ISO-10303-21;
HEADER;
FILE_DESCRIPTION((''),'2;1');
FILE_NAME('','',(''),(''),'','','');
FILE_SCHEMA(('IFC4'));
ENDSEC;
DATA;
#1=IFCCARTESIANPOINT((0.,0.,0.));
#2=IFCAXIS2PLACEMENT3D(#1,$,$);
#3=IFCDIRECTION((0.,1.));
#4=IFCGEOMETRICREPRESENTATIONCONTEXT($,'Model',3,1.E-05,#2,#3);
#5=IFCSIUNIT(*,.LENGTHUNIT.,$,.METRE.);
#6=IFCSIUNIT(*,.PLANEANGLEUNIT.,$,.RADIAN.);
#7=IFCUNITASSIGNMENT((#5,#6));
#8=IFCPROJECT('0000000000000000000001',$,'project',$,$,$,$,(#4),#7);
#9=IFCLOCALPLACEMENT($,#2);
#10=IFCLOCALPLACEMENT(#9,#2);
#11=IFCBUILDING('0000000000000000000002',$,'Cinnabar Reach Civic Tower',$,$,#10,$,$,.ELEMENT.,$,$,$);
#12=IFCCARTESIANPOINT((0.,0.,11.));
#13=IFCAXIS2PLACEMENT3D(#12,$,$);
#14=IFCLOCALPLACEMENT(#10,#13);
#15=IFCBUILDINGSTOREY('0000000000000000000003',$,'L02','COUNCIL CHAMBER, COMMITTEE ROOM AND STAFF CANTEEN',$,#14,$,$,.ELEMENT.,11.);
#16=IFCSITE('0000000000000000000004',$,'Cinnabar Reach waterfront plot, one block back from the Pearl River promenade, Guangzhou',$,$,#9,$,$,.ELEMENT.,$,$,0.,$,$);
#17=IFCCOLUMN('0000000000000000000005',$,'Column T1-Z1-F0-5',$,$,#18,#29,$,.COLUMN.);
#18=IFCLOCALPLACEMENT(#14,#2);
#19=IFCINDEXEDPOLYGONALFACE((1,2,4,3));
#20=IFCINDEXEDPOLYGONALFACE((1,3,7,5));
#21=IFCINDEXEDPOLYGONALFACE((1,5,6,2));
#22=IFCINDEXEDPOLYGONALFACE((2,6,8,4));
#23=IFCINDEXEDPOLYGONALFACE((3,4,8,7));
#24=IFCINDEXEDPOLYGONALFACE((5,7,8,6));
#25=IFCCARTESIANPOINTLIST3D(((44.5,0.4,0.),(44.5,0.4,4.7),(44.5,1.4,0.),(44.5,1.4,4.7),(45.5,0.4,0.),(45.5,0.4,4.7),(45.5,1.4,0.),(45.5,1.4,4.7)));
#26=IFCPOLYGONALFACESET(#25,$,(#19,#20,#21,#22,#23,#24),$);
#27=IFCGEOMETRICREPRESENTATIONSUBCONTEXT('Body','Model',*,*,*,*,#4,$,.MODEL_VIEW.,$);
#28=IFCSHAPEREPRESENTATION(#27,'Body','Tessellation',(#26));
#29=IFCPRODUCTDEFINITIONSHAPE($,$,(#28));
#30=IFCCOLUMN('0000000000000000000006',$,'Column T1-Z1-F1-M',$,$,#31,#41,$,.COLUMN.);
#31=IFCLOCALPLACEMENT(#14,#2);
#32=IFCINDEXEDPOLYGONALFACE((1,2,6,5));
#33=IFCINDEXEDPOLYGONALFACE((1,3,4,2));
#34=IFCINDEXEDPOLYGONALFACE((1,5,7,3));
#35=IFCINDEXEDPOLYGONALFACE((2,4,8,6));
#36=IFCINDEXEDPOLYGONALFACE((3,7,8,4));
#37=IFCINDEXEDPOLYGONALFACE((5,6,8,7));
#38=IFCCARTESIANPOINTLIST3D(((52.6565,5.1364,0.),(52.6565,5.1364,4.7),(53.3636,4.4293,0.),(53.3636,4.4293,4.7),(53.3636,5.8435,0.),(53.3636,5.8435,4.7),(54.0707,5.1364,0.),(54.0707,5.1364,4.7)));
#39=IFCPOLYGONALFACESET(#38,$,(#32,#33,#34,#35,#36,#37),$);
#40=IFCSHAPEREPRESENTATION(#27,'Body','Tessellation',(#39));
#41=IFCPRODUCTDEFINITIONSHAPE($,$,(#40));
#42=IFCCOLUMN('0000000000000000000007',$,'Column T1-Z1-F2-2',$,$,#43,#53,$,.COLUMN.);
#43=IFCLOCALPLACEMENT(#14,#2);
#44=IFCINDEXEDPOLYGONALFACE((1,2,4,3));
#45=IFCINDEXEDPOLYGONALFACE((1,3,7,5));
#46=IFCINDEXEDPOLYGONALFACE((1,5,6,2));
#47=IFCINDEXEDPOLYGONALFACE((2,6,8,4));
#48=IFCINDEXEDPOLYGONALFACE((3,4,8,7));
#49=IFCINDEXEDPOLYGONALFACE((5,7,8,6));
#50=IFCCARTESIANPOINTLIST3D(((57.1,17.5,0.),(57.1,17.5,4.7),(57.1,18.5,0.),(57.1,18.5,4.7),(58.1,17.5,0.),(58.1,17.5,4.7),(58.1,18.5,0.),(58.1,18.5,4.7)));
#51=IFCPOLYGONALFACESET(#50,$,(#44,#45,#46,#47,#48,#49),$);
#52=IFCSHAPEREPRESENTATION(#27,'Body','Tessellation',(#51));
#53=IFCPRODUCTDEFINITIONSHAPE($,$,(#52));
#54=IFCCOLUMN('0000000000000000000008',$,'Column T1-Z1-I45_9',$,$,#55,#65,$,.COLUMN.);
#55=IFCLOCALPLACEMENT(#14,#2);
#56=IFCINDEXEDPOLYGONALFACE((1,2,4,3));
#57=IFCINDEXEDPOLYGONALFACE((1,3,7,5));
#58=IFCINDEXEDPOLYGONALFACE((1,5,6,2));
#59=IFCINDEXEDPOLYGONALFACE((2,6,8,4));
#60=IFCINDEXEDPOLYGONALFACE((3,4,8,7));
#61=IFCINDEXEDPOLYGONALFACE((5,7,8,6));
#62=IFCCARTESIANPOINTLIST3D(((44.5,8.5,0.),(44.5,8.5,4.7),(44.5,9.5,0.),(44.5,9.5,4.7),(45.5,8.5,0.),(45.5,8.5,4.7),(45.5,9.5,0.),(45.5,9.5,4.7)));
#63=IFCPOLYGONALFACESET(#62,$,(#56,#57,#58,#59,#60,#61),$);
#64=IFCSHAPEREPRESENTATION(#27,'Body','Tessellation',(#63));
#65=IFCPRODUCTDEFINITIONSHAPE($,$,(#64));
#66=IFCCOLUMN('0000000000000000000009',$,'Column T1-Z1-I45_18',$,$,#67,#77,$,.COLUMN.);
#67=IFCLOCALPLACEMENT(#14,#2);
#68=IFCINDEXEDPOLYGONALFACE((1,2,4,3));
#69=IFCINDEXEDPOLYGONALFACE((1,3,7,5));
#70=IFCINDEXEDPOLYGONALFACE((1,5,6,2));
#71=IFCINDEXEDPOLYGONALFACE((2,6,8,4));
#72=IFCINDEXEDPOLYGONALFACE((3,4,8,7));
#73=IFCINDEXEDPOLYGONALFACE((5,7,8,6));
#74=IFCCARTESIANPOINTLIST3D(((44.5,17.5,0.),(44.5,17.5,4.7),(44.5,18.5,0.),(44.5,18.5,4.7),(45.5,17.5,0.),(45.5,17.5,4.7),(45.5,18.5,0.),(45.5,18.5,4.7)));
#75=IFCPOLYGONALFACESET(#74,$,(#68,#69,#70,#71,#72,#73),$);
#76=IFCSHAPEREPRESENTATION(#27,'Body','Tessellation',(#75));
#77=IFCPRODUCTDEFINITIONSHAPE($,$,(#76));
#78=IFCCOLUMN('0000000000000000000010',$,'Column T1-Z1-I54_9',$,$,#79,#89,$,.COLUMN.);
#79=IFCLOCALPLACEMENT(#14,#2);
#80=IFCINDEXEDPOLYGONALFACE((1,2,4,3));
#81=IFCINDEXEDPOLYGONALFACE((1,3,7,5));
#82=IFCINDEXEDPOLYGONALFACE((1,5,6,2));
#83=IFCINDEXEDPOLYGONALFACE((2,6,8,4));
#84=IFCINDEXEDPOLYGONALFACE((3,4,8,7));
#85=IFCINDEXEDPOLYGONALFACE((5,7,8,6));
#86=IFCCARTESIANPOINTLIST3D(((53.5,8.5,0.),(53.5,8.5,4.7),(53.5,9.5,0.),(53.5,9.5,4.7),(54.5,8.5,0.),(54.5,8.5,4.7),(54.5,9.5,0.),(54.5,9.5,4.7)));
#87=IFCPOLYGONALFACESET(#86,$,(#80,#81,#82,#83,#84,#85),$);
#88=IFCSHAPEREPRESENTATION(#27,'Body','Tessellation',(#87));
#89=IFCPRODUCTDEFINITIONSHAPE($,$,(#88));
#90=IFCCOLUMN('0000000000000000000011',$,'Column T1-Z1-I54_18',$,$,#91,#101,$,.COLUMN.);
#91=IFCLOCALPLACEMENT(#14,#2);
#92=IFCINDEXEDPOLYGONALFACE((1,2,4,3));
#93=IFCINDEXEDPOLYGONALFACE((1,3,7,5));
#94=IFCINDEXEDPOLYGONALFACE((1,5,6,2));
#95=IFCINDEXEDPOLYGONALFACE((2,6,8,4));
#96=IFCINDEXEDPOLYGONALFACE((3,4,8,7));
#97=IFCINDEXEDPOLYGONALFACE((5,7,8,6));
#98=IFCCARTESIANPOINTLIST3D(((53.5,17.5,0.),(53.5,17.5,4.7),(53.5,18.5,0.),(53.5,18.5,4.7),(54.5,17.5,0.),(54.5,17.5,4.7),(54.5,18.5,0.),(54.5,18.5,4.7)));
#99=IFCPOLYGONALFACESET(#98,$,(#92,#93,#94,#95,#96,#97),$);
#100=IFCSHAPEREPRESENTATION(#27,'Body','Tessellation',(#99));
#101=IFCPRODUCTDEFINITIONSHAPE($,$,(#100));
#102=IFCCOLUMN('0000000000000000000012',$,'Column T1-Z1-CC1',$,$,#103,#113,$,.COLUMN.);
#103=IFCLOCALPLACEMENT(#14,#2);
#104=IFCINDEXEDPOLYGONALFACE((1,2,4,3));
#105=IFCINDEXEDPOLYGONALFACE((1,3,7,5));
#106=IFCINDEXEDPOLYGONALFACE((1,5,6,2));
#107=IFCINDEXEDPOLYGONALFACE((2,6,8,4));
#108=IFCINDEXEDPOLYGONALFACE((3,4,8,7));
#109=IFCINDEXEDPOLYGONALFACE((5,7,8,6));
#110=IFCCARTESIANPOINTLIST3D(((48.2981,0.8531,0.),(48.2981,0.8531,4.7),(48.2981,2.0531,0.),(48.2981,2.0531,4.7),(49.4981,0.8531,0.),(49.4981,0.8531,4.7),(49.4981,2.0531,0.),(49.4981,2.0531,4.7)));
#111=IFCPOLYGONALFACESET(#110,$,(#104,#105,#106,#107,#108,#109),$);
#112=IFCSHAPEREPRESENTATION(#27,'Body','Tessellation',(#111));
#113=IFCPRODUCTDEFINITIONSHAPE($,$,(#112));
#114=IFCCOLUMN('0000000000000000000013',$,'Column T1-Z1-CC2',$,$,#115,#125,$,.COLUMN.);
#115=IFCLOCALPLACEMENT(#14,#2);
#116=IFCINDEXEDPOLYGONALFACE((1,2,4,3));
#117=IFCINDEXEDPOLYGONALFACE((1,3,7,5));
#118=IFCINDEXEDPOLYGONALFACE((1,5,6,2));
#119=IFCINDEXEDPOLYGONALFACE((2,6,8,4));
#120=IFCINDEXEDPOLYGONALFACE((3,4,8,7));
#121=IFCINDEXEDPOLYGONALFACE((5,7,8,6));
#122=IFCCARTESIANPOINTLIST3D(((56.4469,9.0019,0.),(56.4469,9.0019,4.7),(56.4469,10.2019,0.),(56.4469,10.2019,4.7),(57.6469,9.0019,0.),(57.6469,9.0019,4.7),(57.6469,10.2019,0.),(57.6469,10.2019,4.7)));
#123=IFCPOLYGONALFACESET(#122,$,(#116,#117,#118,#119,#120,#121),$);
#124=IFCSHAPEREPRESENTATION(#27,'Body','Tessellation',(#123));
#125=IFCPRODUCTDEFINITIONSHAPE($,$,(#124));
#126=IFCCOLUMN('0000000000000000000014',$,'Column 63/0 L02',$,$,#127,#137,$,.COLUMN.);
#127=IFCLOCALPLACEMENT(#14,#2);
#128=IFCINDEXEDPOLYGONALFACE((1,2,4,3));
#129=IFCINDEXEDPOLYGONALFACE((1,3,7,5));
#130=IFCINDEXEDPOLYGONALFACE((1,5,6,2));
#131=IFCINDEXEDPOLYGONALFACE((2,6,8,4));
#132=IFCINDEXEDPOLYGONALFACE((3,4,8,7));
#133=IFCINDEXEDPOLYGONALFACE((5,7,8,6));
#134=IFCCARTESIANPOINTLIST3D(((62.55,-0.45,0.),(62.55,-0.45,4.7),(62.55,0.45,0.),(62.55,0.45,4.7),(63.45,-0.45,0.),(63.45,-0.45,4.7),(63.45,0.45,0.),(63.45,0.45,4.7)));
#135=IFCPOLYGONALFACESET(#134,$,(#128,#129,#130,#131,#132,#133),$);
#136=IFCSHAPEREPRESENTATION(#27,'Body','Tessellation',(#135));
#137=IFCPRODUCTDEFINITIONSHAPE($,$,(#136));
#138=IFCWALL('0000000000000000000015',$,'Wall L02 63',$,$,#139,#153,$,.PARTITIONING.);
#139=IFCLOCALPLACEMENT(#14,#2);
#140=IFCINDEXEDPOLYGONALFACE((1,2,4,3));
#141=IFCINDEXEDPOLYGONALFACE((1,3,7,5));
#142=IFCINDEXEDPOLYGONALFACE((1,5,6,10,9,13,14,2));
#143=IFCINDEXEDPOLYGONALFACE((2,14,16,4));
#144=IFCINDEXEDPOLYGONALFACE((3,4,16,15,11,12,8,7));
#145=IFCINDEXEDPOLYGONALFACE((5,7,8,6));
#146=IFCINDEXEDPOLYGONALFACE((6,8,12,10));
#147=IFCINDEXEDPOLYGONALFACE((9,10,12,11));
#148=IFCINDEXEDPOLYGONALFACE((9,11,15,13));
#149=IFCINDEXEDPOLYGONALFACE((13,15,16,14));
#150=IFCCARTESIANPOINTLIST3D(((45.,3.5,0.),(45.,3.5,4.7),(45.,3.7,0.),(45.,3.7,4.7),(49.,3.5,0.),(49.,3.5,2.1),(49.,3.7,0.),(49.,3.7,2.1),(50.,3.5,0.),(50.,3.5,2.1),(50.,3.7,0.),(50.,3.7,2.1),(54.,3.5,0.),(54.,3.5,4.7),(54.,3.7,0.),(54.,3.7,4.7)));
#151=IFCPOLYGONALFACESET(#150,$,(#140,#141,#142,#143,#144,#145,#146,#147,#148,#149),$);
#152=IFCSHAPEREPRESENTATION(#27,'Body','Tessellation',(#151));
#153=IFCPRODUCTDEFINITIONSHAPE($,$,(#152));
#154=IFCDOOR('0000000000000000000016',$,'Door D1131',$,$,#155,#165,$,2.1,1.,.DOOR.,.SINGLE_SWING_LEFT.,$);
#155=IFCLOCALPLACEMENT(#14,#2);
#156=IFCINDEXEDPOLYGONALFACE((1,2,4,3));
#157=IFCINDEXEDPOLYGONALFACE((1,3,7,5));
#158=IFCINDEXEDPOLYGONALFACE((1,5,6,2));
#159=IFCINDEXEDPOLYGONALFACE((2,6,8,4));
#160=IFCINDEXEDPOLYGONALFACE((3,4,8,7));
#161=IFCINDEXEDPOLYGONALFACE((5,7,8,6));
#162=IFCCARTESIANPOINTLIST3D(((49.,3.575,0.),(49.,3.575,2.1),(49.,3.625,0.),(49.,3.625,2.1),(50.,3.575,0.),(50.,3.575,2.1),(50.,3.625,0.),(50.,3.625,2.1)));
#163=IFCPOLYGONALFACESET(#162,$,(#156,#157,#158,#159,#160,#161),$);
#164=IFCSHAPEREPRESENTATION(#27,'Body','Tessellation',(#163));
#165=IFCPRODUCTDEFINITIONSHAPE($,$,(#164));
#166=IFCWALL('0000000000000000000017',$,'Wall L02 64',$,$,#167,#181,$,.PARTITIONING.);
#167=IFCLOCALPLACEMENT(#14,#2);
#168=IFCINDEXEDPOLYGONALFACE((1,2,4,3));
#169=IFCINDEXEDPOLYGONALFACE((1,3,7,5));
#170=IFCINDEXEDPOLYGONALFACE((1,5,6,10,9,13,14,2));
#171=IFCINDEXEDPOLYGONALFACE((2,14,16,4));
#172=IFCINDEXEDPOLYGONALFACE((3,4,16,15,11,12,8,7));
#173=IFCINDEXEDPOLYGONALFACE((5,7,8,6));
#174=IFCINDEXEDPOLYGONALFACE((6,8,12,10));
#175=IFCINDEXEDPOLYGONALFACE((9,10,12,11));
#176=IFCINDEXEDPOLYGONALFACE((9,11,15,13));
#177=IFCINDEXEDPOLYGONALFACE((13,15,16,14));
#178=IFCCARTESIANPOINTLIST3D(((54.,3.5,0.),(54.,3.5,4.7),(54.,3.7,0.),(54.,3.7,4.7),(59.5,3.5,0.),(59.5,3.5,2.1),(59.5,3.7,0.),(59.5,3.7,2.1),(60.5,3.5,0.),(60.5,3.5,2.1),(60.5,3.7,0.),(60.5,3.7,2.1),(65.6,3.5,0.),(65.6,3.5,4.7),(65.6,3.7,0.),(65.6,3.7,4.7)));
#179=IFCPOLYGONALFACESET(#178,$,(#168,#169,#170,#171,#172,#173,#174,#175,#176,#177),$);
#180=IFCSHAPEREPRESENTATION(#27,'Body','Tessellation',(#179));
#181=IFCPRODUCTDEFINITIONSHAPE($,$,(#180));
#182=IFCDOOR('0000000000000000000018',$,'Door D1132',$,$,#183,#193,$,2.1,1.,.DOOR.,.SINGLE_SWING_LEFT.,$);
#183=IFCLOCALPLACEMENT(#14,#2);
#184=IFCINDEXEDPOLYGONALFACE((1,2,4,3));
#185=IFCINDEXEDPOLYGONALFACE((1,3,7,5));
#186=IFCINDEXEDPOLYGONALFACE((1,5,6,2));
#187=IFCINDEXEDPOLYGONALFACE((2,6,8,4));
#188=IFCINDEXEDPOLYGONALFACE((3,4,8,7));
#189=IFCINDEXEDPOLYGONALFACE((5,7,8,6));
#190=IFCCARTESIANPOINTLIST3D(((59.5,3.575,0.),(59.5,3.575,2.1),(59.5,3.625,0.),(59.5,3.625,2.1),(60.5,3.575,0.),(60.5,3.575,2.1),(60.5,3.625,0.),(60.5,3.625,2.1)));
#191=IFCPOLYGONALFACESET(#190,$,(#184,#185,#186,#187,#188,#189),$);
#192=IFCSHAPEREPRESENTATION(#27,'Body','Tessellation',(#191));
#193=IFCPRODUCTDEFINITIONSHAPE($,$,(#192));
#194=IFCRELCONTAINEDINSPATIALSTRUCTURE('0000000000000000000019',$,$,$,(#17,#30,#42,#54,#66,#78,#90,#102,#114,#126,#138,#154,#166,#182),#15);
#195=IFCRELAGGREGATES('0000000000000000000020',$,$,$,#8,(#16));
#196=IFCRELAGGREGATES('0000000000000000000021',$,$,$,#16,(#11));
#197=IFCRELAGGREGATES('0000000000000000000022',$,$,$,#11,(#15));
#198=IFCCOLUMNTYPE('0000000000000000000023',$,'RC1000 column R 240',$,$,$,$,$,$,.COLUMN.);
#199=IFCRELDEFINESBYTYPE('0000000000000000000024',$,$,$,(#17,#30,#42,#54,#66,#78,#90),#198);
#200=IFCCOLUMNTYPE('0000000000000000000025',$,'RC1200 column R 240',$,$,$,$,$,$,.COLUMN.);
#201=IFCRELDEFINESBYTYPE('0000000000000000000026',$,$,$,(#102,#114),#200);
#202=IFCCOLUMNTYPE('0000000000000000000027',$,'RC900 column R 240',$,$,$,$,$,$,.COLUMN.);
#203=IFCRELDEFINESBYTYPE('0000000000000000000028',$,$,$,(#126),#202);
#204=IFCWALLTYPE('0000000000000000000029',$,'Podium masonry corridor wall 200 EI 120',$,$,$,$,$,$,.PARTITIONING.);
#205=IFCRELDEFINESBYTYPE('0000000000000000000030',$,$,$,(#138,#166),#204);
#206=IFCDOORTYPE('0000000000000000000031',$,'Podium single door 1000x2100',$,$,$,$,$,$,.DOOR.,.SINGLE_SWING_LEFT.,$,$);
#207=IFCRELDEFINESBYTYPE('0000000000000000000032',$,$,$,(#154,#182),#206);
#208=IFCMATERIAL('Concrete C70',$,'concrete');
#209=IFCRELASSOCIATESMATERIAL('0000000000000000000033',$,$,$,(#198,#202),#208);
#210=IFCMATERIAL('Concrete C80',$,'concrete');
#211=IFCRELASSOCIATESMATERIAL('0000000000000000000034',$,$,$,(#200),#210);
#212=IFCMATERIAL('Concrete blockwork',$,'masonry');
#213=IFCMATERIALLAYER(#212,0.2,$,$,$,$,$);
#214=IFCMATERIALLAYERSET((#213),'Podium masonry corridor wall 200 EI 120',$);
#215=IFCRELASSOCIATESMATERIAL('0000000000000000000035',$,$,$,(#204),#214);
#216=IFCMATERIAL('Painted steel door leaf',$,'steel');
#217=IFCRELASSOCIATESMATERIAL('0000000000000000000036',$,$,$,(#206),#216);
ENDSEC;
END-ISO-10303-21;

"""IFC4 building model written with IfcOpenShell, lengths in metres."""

from ifc_helpers import new_model, si_unit, direction, frame, frame_2d, origin, origin_2d, place, context, subcontext, project, spatial, rectangle, extrude, material, layer, layer_set, material_profile, profile_set, type_object, element, fill, save


model = new_model("IFC4")

# Units and contexts
model_context = context("Model", 3, precision=1e-05, world=origin(), true_north=direction((0.0, 1.0)))
body_context = subcontext(model_context, "Body", "Model", "MODEL_VIEW")
ifc_project = project(units=[si_unit("LENGTHUNIT", "METRE"), si_unit("PLANEANGLEUNIT", "RADIAN")], contexts=[model_context])

# Site, building, storey
site_placement = place(None, origin())
site = spatial("IfcSite", under=ifc_project, at=site_placement, Name="Cinnabar Reach waterfront plot, one block back from the Pearl River promenade, Guangzhou", CompositionType="ELEMENT", RefElevation=0.0)
building_placement = place(site_placement, origin())
building = spatial("IfcBuilding", under=site, at=building_placement, Name="Cinnabar Reach Civic Tower", CompositionType="ELEMENT")
storey_placement = place(building_placement, frame((0.0, 0.0, 11.0)))
storey = spatial("IfcBuildingStorey", under=building, at=storey_placement, Name="L02", Description="COUNCIL CHAMBER, COMMITTEE ROOM AND STAFF CANTEEN", CompositionType="ELEMENT", Elevation=11.0)

# Columns
ifc_material_1 = material(Name="Concrete C70", Category="concrete")
ifc_material_profile_1 = material_profile(ifc_material_1, rectangle(XDim=1.0, YDim=1.0, at=origin_2d()), Name="RC1000")
ifc_profile_set_1 = profile_set([ifc_material_profile_1], Name="Concrete C70")
column_type_1 = type_object("IfcColumnType", Name="RC1000 column R 240", PredefinedType="COLUMN", material=ifc_profile_set_1)
for number, where, z_axis, x_axis, name in (
    (1, (45.0, 0.9, 0.0), (0.0, 0.0, 1.0), (1.0, 0.0, 0.0), "Column T1-Z1-F0-5"),
    (2, (53.3636, 5.1364, 0.0), (0.0, 0.0, 1.0), (0.707107, 0.707107, 0.0), "Column T1-Z1-F1-M"),
    (3, (57.6, 18.0, 0.0), (0.0, 0.0, 1.0), (1.0, 0.0, 0.0), "Column T1-Z1-F2-2"),
    (4, (45.0, 9.0, 0.0), (0.0, 0.0, 1.0), (1.0, 0.0, 0.0), "Column T1-Z1-I45_9"),
    (5, (45.0, 18.0, 0.0), (0.0, 0.0, 1.0), (1.0, 0.0, 0.0), "Column T1-Z1-I45_18"),
    (6, (54.0, 9.0, 0.0), (0.0, 0.0, 1.0), (1.0, 0.0, 0.0), "Column T1-Z1-I54_9"),
    (7, (54.0, 18.0, 0.0), (0.0, 0.0, 1.0), (1.0, 0.0, 0.0), "Column T1-Z1-I54_18"),
):
    element("IfcColumn", number, at=place(storey_placement, frame(where, z_axis=z_axis, x_axis=x_axis)), inside=storey, type_object=column_type_1, Name=name, PredefinedType="COLUMN", context=body_context, shape_type="SweptSolid", body=[
        extrude(rectangle(XDim=1.0, YDim=1.0, at=origin_2d()), origin(), (0.0, 0.0, 1.0), 4.7),
    ])
ifc_material_2 = material(Name="Concrete C80", Category="concrete")
ifc_material_profile_2 = material_profile(ifc_material_2, rectangle(XDim=1.2, YDim=1.2, at=origin_2d()), Name="RC1200")
ifc_profile_set_2 = profile_set([ifc_material_profile_2], Name="Concrete C80")
column_type_2 = type_object("IfcColumnType", Name="RC1200 column R 240", PredefinedType="COLUMN", material=ifc_profile_set_2)
for number, where, z_axis, x_axis, name in (
    (8, (48.8981, 1.4531, 0.0), (0.0, 0.0, 1.0), (1.0, 0.0, 0.0), "Column T1-Z1-CC1"),
    (9, (57.0469, 9.6019, 0.0), (0.0, 0.0, 1.0), (1.0, 0.0, 0.0), "Column T1-Z1-CC2"),
):
    element("IfcColumn", number, at=place(storey_placement, frame(where, z_axis=z_axis, x_axis=x_axis)), inside=storey, type_object=column_type_2, Name=name, PredefinedType="COLUMN", context=body_context, shape_type="SweptSolid", body=[
        extrude(rectangle(XDim=1.2, YDim=1.2, at=origin_2d()), origin(), (0.0, 0.0, 1.0), 4.7),
    ])
ifc_material_profile_3 = material_profile(ifc_material_1, rectangle(XDim=0.9, YDim=0.9, at=origin_2d()), Name="RC900")
ifc_profile_set_3 = profile_set([ifc_material_profile_3], Name="Concrete C70")
column_type_3 = type_object("IfcColumnType", Name="RC900 column R 240", PredefinedType="COLUMN", material=ifc_profile_set_3)
column_placement = place(storey_placement, frame((63.0, 0.0, 0.0), z_axis=(0.0, 0.0, 1.0), x_axis=(1.0, 0.0, 0.0)))
element("IfcColumn", 10, at=column_placement, inside=storey, type_object=column_type_3, Name="Column 63/0 L02", PredefinedType="COLUMN", context=body_context, shape_type="SweptSolid", body=[
    extrude(rectangle(XDim=0.9, YDim=0.9, at=origin_2d()), origin(), (0.0, 0.0, 1.0), 4.7),
])

# Walls, openings, doors
ifc_material_3 = material(Name="Concrete blockwork", Category="masonry")
ifc_layer_1 = layer(ifc_material_3, 0.2)
ifc_layer_set_1 = layer_set([ifc_layer_1], Name="Podium masonry corridor wall 200 EI 120")
wall_type_1 = type_object("IfcWallType", Name="Podium masonry corridor wall 200 EI 120", PredefinedType="PARTITIONING", material=ifc_layer_set_1)
wall_1_placement = place(storey_placement, frame((45.0, 3.6, 0.0), z_axis=(0.0, 0.0, 1.0), x_axis=(1.0, 0.0, 0.0)))
wall_1 = element("IfcWall", 11, at=wall_1_placement, inside=storey, type_object=wall_type_1, Name="Wall L02 63", PredefinedType="PARTITIONING", context=body_context, shape_type="SweptSolid", body=[
    extrude(rectangle(XDim=9.0, YDim=0.2, at=frame_2d((4.5, 0.0))), origin(), (0.0, 0.0, 1.0), 4.7),
])
opening_1_placement = place(wall_1_placement, frame((4.0, 0.0, 0.0)))
opening_1 = element("IfcOpeningElement", 12, at=opening_1_placement, cuts=wall_1, PredefinedType="OPENING", context=body_context, shape_type="SweptSolid", body=[
    extrude(rectangle(XDim=1.0, YDim=2.1, at=frame_2d((0.5, 1.05))), frame((0.0, 0.11, 0.0), z_axis=(0.0, -1.0, 0.0), x_axis=(1.0, 0.0, 0.0)), (0.0, 0.0, 1.0), 0.22),
])
ifc_material_4 = material(Name="Painted steel door leaf", Category="steel")
door_type = type_object("IfcDoorType", Name="Podium single door 1000x2100", OperationType="SINGLE_SWING_LEFT", PredefinedType="DOOR", material=ifc_material_4)
door_1_placement = place(opening_1_placement, origin())
door_1 = element("IfcDoor", 13, at=door_1_placement, inside=storey, type_object=door_type, Name="Door D1131", OperationType="SINGLE_SWING_LEFT", OverallHeight=2.1, OverallWidth=1.0, PredefinedType="DOOR", context=body_context, shape_type="SweptSolid", body=[
    extrude(rectangle(XDim=1.0, YDim=2.1, at=frame_2d((0.5, 1.05))), frame((0.0, 0.025, 0.0), z_axis=(0.0, -1.0, 0.0), x_axis=(1.0, 0.0, 0.0)), (0.0, 0.0, 1.0), 0.05),
])
fill(opening_1, door_1)
wall_2_placement = place(storey_placement, frame((54.0, 3.6, 0.0), z_axis=(0.0, 0.0, 1.0), x_axis=(1.0, 0.0, 0.0)))
wall_2 = element("IfcWall", 14, at=wall_2_placement, inside=storey, type_object=wall_type_1, Name="Wall L02 64", PredefinedType="PARTITIONING", context=body_context, shape_type="SweptSolid", body=[
    extrude(rectangle(XDim=11.6, YDim=0.2, at=frame_2d((5.8, 0.0))), origin(), (0.0, 0.0, 1.0), 4.7),
])
opening_2_placement = place(wall_2_placement, frame((5.5, 0.0, 0.0)))
opening_2 = element("IfcOpeningElement", 15, at=opening_2_placement, cuts=wall_2, PredefinedType="OPENING", context=body_context, shape_type="SweptSolid", body=[
    extrude(rectangle(XDim=1.0, YDim=2.1, at=frame_2d((0.5, 1.05))), frame((0.0, 0.11, 0.0), z_axis=(0.0, -1.0, 0.0), x_axis=(1.0, 0.0, 0.0)), (0.0, 0.0, 1.0), 0.22),
])
door_2_placement = place(opening_2_placement, origin())
door_2 = element("IfcDoor", 16, at=door_2_placement, inside=storey, type_object=door_type, Name="Door D1132", OperationType="SINGLE_SWING_LEFT", OverallHeight=2.1, OverallWidth=1.0, PredefinedType="DOOR", context=body_context, shape_type="SweptSolid", body=[
    extrude(rectangle(XDim=1.0, YDim=2.1, at=frame_2d((0.5, 1.05))), frame((0.0, 0.025, 0.0), z_axis=(0.0, -1.0, 0.0), x_axis=(1.0, 0.0, 0.0)), (0.0, 0.0, 1.0), 0.05),
])
fill(opening_2, door_2)

save(model, "model.ifc")
